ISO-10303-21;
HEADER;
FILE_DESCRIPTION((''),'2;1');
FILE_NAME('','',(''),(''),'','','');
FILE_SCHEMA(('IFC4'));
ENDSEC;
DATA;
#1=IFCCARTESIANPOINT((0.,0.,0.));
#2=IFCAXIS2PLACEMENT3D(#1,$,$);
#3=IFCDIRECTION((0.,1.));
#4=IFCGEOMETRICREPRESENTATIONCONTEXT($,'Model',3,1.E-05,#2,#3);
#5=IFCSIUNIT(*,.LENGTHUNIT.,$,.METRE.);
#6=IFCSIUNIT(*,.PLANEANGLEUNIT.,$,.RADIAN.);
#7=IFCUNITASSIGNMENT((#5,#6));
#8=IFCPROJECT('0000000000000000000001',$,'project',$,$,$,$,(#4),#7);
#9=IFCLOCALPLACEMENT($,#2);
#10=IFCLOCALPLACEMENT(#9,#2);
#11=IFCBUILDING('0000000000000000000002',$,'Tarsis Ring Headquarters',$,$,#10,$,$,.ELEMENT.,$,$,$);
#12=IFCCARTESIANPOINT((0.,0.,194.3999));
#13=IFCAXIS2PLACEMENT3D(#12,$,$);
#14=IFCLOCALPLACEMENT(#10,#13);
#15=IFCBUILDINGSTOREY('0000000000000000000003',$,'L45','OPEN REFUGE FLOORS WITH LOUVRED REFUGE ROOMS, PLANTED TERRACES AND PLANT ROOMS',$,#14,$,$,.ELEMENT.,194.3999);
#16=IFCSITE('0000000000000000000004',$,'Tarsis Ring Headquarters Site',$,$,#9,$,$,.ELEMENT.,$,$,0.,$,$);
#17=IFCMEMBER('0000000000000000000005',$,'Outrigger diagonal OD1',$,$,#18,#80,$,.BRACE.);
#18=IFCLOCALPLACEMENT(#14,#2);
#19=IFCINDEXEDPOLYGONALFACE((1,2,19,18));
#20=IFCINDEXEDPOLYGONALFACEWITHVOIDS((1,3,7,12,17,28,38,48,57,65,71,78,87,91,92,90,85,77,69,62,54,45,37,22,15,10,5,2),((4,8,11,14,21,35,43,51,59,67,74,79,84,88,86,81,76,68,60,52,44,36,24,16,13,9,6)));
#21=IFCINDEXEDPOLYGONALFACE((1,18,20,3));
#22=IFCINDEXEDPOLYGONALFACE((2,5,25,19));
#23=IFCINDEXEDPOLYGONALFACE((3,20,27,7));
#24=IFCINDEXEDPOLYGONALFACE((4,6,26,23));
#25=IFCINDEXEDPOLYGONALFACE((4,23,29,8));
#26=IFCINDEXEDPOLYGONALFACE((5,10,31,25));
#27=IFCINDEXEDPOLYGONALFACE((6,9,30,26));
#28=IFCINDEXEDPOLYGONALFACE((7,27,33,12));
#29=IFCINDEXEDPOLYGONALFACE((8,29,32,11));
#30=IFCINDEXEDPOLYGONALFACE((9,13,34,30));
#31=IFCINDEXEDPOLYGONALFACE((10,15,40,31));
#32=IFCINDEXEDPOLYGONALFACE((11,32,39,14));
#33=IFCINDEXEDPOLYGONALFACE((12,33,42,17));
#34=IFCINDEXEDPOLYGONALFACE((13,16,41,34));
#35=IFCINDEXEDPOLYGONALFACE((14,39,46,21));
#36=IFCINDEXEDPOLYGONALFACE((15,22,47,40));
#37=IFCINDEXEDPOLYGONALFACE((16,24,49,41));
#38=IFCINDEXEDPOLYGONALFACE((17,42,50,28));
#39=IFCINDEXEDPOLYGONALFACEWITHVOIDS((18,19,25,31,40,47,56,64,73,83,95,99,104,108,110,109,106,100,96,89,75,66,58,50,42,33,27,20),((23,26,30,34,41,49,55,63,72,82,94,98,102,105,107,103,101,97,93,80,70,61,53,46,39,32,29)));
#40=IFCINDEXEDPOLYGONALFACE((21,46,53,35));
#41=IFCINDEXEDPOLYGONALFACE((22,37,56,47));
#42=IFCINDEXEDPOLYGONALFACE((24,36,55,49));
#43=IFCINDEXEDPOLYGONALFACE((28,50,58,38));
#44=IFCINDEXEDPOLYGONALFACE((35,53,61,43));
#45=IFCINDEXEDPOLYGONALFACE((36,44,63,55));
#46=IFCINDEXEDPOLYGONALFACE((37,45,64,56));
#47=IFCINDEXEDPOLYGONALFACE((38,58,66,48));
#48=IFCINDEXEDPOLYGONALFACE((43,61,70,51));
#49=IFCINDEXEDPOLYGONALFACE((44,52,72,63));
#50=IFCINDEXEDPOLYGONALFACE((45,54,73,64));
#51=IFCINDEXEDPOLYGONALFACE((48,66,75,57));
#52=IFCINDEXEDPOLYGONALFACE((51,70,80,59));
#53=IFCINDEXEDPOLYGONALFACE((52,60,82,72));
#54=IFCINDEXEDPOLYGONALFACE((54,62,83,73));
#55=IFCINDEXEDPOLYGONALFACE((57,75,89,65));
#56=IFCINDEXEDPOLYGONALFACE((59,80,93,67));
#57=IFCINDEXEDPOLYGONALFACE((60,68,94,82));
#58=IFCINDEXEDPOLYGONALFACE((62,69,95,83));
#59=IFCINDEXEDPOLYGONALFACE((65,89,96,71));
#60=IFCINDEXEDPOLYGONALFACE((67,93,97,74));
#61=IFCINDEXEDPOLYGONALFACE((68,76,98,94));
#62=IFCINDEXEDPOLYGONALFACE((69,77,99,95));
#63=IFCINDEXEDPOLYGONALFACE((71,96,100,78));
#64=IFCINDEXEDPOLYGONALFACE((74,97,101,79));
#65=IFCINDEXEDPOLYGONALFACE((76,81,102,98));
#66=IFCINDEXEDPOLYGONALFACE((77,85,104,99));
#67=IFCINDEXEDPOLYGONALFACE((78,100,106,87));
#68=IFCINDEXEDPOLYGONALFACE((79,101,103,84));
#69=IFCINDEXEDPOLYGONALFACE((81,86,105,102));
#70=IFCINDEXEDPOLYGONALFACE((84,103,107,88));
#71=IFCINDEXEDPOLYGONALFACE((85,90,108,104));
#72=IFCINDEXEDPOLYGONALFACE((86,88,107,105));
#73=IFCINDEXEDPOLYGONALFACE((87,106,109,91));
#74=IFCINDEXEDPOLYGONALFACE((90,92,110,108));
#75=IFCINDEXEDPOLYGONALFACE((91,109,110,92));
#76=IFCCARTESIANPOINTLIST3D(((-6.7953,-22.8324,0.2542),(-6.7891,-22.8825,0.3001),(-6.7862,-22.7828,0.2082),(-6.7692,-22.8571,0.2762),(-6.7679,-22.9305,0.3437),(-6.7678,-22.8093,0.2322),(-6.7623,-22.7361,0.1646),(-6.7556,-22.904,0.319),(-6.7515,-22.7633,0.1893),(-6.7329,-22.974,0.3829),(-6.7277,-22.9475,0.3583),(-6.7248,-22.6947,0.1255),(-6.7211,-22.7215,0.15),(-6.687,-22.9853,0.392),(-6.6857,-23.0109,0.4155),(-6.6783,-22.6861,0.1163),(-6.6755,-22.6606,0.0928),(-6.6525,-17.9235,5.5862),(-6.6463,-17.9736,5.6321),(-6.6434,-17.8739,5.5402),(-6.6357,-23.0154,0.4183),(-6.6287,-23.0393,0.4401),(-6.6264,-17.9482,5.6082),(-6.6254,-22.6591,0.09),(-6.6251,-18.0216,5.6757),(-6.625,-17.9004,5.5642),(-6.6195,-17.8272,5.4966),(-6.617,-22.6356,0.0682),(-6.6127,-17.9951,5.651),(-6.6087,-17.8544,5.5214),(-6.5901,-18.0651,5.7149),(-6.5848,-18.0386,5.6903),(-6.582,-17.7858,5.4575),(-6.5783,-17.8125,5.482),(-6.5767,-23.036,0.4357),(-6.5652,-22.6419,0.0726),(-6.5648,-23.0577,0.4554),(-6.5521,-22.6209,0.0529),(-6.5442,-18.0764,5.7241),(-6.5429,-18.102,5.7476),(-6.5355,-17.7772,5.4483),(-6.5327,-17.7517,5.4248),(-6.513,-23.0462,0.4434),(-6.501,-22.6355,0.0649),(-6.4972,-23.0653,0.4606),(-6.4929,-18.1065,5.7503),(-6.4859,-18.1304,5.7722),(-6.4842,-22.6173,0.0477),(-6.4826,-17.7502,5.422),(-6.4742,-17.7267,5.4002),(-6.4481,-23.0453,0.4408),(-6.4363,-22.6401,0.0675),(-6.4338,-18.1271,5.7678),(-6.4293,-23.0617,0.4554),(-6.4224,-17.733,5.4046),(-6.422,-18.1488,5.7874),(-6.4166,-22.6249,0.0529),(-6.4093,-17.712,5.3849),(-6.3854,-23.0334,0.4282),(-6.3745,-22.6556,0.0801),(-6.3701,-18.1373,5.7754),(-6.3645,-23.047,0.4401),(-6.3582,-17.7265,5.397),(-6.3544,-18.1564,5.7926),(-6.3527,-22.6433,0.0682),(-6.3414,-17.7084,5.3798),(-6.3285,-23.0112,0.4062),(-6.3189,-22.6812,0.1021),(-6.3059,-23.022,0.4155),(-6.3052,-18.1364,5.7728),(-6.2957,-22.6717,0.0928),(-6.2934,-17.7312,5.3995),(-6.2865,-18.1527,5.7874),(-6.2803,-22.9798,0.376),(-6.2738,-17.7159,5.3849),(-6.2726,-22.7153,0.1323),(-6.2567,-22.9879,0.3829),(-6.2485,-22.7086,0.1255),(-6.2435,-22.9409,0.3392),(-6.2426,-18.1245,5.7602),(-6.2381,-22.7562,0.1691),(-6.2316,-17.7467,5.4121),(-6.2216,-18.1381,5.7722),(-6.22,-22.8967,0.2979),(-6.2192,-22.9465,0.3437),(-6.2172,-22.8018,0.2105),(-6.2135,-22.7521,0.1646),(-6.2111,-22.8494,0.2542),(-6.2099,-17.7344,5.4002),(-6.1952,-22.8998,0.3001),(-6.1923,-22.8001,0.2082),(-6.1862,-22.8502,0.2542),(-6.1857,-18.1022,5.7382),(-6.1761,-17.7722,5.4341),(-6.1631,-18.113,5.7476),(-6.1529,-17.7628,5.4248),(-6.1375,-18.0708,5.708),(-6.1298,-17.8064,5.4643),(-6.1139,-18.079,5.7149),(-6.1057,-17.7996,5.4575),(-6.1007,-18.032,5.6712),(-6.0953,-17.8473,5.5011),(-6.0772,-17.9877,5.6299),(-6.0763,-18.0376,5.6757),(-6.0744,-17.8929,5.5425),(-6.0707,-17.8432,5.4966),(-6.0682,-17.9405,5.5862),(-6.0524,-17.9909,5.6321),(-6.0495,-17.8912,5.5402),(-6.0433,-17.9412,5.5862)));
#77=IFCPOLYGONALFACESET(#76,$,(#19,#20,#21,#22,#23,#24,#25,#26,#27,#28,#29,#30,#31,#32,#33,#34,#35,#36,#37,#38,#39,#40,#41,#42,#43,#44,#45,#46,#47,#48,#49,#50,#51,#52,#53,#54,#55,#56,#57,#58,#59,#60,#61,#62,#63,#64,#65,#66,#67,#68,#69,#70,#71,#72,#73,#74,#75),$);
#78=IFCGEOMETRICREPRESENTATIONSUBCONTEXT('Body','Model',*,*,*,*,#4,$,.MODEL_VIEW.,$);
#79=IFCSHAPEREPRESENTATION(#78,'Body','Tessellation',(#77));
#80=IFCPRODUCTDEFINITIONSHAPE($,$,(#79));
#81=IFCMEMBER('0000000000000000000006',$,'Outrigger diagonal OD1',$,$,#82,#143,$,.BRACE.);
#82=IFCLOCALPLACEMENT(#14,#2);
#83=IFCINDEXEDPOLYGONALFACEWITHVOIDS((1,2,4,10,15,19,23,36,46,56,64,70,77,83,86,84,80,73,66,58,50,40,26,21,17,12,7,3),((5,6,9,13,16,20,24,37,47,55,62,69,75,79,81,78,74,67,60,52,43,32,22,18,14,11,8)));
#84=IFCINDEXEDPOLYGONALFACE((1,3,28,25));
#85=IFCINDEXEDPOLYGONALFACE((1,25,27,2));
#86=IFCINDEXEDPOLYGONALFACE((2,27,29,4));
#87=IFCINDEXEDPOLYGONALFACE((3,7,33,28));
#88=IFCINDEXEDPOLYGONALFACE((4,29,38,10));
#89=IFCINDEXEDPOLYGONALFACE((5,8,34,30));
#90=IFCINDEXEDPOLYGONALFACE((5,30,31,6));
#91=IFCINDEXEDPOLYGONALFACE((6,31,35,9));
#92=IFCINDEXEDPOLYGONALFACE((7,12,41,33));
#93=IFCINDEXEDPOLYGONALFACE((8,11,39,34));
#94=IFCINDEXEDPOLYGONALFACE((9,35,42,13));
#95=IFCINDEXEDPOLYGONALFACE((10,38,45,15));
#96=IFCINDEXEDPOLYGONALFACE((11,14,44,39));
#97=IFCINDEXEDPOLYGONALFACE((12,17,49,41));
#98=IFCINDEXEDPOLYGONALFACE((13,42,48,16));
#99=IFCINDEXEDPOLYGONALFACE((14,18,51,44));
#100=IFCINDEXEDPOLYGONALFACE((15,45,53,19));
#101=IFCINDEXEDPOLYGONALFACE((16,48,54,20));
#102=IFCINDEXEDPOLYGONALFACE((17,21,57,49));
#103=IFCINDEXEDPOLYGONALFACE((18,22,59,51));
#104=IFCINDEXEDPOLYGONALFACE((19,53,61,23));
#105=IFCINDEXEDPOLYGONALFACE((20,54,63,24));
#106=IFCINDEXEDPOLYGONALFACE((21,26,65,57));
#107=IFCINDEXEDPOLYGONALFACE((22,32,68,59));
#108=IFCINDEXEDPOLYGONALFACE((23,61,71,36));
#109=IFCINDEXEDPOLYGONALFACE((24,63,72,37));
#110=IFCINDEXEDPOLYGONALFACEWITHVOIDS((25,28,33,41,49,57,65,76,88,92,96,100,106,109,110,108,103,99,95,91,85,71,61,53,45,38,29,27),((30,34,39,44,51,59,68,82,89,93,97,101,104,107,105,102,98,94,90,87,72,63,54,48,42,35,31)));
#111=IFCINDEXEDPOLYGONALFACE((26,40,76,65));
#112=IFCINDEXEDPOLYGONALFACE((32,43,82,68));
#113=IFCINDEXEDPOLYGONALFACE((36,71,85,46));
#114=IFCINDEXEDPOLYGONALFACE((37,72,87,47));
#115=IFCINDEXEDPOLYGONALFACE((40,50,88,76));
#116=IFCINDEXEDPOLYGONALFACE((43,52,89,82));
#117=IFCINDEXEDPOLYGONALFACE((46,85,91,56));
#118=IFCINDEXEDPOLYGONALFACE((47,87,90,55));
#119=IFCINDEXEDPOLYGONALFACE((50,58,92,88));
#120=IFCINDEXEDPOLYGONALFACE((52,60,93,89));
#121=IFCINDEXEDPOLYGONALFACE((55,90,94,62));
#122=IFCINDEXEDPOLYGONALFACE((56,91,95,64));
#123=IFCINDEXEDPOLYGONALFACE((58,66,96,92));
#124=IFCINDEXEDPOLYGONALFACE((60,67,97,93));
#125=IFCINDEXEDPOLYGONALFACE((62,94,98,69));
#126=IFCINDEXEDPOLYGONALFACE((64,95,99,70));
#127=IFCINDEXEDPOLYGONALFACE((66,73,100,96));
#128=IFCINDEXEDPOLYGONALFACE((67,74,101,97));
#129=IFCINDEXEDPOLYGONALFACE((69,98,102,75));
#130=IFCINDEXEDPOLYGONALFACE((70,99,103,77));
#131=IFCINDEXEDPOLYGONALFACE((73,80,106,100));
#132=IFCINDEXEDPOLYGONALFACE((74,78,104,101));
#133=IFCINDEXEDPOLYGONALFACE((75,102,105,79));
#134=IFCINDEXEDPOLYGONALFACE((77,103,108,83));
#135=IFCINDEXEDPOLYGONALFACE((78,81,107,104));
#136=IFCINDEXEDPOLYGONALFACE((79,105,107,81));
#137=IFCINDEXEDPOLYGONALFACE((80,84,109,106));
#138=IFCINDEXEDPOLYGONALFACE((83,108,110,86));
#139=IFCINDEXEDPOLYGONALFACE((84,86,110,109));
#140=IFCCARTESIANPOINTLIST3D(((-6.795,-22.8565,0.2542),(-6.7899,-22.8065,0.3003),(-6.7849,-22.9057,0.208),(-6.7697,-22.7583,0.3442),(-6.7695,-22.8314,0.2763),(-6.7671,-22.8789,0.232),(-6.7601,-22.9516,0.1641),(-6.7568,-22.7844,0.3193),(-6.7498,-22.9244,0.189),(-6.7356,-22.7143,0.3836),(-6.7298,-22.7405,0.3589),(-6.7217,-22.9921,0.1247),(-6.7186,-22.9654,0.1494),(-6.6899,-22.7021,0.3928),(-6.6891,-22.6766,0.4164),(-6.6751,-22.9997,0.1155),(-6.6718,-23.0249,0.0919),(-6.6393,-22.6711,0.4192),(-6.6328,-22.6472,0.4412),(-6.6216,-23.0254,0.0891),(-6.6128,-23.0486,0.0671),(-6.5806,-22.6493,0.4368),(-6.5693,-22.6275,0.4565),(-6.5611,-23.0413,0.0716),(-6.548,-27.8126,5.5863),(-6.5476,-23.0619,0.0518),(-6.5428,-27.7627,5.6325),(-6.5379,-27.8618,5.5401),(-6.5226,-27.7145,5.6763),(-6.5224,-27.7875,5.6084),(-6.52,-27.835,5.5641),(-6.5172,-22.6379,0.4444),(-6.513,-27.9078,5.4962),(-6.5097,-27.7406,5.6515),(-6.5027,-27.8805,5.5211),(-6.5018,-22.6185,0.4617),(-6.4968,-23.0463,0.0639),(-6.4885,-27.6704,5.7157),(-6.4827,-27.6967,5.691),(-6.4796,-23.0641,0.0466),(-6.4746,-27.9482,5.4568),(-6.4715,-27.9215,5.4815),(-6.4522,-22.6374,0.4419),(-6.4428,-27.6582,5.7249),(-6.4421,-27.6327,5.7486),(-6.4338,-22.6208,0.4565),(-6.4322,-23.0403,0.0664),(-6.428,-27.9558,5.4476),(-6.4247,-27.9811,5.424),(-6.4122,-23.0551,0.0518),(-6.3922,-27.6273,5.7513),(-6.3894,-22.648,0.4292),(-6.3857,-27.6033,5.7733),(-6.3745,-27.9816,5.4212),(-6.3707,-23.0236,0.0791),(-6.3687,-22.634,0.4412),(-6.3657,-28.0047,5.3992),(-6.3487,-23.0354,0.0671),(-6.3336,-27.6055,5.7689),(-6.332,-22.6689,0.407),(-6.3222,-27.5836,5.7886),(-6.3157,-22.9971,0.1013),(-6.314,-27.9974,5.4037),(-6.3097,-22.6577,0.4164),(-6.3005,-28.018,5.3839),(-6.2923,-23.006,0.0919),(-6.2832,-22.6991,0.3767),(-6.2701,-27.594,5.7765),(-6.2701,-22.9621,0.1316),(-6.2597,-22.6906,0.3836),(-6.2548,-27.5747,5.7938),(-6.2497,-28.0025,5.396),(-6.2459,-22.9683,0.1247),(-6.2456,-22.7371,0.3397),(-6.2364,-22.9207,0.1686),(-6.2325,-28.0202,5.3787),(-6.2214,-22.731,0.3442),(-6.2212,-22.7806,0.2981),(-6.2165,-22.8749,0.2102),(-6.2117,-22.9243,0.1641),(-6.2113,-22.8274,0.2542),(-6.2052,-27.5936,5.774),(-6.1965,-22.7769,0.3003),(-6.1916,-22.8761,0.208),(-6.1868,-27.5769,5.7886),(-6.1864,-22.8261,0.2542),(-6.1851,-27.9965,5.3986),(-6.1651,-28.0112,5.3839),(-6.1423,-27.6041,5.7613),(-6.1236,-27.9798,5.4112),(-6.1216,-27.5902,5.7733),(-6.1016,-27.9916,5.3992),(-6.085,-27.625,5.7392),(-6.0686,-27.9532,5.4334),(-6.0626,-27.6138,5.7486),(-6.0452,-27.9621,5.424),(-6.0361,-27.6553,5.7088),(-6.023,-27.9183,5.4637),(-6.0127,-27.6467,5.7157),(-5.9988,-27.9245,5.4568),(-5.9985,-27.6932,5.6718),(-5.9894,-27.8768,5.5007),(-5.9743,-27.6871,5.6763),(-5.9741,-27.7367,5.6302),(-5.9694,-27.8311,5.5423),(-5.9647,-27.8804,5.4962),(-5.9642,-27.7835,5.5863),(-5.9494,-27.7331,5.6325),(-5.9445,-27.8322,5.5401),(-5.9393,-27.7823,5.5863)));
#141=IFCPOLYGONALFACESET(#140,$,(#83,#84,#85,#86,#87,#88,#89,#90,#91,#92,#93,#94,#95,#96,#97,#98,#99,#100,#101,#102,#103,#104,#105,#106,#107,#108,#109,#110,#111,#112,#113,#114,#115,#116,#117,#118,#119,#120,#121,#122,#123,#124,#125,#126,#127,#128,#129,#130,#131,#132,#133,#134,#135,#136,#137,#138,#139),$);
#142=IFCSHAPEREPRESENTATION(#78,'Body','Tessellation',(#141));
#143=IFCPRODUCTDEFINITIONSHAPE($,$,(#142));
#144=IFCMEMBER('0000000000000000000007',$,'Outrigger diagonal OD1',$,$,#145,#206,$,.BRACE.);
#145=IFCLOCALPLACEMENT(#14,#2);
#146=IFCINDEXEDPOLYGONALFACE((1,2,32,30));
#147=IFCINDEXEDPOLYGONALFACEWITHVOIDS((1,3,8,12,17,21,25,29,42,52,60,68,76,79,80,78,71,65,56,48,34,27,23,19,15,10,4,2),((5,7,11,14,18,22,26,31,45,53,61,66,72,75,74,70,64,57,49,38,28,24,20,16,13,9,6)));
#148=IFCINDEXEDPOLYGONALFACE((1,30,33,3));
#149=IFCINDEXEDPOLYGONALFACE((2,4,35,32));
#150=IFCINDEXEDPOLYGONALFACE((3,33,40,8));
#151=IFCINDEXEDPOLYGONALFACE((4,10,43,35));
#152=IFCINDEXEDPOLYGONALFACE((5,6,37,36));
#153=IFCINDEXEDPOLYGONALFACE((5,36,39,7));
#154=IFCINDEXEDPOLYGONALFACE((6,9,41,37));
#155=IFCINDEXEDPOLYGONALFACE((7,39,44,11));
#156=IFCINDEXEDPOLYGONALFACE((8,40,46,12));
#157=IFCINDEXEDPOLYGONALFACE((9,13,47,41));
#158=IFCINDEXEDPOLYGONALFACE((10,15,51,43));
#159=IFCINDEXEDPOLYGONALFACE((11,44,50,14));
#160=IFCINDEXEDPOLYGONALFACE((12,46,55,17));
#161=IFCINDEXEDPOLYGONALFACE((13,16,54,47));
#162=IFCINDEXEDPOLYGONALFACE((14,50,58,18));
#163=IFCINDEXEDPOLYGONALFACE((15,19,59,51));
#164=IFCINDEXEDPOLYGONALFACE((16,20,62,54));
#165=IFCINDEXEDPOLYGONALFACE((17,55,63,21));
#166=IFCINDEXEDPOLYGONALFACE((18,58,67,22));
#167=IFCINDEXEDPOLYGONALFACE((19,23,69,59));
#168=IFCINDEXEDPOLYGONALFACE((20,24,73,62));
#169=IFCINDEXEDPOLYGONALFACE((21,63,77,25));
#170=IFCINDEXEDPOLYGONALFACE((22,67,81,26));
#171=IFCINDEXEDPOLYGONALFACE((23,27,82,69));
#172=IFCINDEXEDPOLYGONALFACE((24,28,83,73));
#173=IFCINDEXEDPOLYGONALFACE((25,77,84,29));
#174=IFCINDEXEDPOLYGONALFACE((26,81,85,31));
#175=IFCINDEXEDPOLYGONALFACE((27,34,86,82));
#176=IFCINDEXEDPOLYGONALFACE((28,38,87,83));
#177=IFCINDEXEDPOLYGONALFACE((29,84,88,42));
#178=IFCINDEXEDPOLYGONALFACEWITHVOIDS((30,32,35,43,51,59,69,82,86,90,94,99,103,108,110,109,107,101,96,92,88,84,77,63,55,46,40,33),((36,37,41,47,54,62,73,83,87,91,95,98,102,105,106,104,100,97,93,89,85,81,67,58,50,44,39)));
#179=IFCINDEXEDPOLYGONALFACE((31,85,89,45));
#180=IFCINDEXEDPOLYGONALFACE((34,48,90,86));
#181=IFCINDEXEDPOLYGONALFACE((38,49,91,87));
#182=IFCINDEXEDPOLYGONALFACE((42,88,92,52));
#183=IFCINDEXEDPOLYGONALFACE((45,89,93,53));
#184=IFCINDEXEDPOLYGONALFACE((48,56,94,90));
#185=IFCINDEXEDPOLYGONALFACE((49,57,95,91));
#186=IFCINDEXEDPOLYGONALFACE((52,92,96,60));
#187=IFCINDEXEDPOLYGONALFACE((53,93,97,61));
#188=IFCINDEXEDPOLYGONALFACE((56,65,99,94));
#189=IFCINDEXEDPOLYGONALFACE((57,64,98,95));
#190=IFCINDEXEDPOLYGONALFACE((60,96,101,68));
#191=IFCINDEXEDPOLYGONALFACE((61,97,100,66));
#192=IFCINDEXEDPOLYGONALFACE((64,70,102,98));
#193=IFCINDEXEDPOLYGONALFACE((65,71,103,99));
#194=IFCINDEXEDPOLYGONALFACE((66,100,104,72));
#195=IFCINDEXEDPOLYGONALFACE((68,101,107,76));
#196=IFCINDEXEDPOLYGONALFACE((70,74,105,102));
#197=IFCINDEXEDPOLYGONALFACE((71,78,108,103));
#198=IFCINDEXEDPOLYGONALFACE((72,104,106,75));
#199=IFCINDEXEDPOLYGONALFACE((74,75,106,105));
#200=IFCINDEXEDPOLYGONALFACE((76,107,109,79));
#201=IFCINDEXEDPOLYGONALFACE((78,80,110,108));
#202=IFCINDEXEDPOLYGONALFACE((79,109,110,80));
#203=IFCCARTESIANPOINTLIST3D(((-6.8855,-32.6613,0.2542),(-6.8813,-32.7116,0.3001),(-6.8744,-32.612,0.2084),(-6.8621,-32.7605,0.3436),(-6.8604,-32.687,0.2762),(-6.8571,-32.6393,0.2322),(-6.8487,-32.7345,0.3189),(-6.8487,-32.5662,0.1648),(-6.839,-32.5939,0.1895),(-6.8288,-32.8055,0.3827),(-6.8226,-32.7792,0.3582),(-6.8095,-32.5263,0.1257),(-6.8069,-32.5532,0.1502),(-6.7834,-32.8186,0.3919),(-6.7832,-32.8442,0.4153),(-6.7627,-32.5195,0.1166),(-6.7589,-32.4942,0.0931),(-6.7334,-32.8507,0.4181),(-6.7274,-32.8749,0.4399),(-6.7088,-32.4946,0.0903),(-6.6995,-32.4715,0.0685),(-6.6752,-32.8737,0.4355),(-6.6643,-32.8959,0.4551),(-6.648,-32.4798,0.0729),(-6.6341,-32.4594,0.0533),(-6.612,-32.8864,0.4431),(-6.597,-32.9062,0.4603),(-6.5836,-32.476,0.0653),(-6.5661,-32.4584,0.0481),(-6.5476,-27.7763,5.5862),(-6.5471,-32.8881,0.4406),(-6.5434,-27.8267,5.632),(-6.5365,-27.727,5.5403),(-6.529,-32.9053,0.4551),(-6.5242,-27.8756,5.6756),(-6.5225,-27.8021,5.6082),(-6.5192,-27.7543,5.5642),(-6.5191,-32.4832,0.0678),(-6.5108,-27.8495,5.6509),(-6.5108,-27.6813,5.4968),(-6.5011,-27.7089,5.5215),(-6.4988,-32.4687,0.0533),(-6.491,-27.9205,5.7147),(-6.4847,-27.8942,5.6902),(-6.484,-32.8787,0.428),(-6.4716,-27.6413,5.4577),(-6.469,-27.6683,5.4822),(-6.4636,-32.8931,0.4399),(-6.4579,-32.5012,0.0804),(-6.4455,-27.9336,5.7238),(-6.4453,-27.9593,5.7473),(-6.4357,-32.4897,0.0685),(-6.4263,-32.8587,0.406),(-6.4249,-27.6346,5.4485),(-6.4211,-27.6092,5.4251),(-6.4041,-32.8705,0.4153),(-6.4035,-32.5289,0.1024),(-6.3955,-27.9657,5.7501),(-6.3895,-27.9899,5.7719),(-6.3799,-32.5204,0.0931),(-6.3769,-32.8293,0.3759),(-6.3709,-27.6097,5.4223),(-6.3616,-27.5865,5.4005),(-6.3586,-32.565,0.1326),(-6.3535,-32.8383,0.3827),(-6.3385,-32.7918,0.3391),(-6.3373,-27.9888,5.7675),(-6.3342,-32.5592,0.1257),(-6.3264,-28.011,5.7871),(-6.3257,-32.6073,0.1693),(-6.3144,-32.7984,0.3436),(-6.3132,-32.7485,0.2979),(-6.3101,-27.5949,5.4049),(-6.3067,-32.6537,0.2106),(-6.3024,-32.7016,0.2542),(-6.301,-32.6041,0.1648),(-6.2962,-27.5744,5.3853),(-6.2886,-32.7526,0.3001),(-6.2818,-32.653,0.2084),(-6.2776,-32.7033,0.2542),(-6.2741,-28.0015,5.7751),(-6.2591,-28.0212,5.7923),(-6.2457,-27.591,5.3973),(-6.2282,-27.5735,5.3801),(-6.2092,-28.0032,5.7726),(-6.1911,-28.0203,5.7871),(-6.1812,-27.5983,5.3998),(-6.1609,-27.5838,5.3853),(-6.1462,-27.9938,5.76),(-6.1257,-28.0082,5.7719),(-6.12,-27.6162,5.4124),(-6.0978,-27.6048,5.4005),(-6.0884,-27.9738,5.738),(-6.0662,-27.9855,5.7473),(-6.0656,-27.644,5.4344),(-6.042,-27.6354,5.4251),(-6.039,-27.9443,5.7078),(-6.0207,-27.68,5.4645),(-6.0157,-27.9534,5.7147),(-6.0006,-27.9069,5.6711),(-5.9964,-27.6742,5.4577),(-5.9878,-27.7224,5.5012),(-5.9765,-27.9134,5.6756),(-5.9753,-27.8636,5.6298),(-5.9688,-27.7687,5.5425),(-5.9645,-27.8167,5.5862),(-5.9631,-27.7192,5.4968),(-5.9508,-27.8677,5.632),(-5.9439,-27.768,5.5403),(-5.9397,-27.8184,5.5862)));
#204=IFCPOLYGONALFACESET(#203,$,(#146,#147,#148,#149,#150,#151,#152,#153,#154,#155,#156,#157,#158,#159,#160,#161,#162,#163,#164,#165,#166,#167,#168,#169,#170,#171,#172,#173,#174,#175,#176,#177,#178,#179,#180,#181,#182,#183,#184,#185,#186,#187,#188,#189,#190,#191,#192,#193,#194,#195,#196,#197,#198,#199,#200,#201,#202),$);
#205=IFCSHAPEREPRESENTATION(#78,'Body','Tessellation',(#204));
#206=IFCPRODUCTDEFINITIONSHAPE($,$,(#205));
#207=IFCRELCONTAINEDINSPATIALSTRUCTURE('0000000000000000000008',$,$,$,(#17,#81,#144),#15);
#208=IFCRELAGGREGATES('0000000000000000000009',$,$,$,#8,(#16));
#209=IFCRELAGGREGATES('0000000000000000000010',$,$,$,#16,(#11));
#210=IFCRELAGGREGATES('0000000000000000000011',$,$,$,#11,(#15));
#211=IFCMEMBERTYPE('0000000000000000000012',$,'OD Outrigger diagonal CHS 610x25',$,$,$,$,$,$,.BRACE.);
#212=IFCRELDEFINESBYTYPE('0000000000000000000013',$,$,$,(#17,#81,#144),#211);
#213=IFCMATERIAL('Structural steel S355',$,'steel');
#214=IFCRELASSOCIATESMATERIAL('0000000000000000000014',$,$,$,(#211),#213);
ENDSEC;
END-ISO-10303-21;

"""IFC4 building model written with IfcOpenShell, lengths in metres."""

from ifc_helpers import new_model, si_unit, direction, frame, origin, origin_2d, place, context, subcontext, project, spatial, hollow_circle, extrude, material, material_profile, profile_set, type_object, element, save


model = new_model("IFC4")

# Units and contexts
model_context = context("Model", 3, precision=1e-05, world=origin(), true_north=direction((0.0, 1.0)))
body_context = subcontext(model_context, "Body", "Model", "MODEL_VIEW")
ifc_project = project(units=[si_unit("LENGTHUNIT", "METRE"), si_unit("PLANEANGLEUNIT", "RADIAN")], contexts=[model_context])

# Site, building, storey
site_placement = place(None, origin())
site = spatial("IfcSite", under=ifc_project, at=site_placement, Name="Tarsis Ring Headquarters Site", CompositionType="ELEMENT", RefElevation=0.0)
building_placement = place(site_placement, origin())
building = spatial("IfcBuilding", under=site, at=building_placement, Name="Tarsis Ring Headquarters", CompositionType="ELEMENT")
storey_placement = place(building_placement, frame((0.0, 0.0, 194.3999)))
storey = spatial("IfcBuildingStorey", under=building, at=storey_placement, Name="L45", Description="OPEN REFUGE FLOORS WITH LOUVRED REFUGE ROOMS, PLANTED TERRACES AND PLANT ROOMS", CompositionType="ELEMENT", Elevation=194.3999)

# Members
ifc_material_1 = material(Name="Structural steel S355", Category="steel")
ifc_material_profile_1 = material_profile(ifc_material_1, hollow_circle(Radius=0.3047, WallThickness=0.0249, at=origin_2d()), Name="CHS 610x25")
ifc_profile_set_1 = profile_set([ifc_material_profile_1], Name="Structural steel S355")
member_type_1 = type_object("IfcMemberType", Name="OD Outrigger diagonal CHS 610x25", PredefinedType="BRACE", material=ifc_profile_set_1)
member_1_placement = place(storey_placement, frame((-6.3479, -17.9324, 5.5862), z_axis=(-0.019702, -0.677184, -0.73555), x_axis=(0.999577, -0.029082, 0.0)))
element("IfcMember", 1, at=member_1_placement, inside=storey, type_object=member_type_1, Name="Outrigger diagonal OD1", PredefinedType="BRACE", context=body_context, shape_type="SweptSolid", body=[
    extrude(hollow_circle(Radius=0.3047, WallThickness=0.0249, at=origin_2d()), origin(), (0.0, 0.0, 1.0), 7.249),
])
member_2_placement = place(storey_placement, frame((-6.4907, -22.8413, 0.2542), z_axis=(0.03392, -0.680419, 0.732037), x_axis=(0.99876, 0.04979, 0.0)))
element("IfcMember", 2, at=member_2_placement, inside=storey, type_object=member_type_1, Name="Outrigger diagonal OD1", PredefinedType="BRACE", context=body_context, shape_type="SweptSolid", body=[
    extrude(hollow_circle(Radius=0.3047, WallThickness=0.0249, at=origin_2d()), origin(), (0.0, 0.0, 1.0), 7.2839),
])
member_3_placement = place(storey_placement, frame((-6.2437, -27.7974, 5.5862), z_axis=(-0.046674, -0.674787, -0.736536), x_axis=(0.997616, -0.069004, 0.0)))
element("IfcMember", 3, at=member_3_placement, inside=storey, type_object=member_type_1, Name="Outrigger diagonal OD1", PredefinedType="BRACE", context=body_context, shape_type="SweptSolid", body=[
    extrude(hollow_circle(Radius=0.3047, WallThickness=0.0249, at=origin_2d()), origin(), (0.0, 0.0, 1.0), 7.2393),
])

save(model, "model.ifc")
